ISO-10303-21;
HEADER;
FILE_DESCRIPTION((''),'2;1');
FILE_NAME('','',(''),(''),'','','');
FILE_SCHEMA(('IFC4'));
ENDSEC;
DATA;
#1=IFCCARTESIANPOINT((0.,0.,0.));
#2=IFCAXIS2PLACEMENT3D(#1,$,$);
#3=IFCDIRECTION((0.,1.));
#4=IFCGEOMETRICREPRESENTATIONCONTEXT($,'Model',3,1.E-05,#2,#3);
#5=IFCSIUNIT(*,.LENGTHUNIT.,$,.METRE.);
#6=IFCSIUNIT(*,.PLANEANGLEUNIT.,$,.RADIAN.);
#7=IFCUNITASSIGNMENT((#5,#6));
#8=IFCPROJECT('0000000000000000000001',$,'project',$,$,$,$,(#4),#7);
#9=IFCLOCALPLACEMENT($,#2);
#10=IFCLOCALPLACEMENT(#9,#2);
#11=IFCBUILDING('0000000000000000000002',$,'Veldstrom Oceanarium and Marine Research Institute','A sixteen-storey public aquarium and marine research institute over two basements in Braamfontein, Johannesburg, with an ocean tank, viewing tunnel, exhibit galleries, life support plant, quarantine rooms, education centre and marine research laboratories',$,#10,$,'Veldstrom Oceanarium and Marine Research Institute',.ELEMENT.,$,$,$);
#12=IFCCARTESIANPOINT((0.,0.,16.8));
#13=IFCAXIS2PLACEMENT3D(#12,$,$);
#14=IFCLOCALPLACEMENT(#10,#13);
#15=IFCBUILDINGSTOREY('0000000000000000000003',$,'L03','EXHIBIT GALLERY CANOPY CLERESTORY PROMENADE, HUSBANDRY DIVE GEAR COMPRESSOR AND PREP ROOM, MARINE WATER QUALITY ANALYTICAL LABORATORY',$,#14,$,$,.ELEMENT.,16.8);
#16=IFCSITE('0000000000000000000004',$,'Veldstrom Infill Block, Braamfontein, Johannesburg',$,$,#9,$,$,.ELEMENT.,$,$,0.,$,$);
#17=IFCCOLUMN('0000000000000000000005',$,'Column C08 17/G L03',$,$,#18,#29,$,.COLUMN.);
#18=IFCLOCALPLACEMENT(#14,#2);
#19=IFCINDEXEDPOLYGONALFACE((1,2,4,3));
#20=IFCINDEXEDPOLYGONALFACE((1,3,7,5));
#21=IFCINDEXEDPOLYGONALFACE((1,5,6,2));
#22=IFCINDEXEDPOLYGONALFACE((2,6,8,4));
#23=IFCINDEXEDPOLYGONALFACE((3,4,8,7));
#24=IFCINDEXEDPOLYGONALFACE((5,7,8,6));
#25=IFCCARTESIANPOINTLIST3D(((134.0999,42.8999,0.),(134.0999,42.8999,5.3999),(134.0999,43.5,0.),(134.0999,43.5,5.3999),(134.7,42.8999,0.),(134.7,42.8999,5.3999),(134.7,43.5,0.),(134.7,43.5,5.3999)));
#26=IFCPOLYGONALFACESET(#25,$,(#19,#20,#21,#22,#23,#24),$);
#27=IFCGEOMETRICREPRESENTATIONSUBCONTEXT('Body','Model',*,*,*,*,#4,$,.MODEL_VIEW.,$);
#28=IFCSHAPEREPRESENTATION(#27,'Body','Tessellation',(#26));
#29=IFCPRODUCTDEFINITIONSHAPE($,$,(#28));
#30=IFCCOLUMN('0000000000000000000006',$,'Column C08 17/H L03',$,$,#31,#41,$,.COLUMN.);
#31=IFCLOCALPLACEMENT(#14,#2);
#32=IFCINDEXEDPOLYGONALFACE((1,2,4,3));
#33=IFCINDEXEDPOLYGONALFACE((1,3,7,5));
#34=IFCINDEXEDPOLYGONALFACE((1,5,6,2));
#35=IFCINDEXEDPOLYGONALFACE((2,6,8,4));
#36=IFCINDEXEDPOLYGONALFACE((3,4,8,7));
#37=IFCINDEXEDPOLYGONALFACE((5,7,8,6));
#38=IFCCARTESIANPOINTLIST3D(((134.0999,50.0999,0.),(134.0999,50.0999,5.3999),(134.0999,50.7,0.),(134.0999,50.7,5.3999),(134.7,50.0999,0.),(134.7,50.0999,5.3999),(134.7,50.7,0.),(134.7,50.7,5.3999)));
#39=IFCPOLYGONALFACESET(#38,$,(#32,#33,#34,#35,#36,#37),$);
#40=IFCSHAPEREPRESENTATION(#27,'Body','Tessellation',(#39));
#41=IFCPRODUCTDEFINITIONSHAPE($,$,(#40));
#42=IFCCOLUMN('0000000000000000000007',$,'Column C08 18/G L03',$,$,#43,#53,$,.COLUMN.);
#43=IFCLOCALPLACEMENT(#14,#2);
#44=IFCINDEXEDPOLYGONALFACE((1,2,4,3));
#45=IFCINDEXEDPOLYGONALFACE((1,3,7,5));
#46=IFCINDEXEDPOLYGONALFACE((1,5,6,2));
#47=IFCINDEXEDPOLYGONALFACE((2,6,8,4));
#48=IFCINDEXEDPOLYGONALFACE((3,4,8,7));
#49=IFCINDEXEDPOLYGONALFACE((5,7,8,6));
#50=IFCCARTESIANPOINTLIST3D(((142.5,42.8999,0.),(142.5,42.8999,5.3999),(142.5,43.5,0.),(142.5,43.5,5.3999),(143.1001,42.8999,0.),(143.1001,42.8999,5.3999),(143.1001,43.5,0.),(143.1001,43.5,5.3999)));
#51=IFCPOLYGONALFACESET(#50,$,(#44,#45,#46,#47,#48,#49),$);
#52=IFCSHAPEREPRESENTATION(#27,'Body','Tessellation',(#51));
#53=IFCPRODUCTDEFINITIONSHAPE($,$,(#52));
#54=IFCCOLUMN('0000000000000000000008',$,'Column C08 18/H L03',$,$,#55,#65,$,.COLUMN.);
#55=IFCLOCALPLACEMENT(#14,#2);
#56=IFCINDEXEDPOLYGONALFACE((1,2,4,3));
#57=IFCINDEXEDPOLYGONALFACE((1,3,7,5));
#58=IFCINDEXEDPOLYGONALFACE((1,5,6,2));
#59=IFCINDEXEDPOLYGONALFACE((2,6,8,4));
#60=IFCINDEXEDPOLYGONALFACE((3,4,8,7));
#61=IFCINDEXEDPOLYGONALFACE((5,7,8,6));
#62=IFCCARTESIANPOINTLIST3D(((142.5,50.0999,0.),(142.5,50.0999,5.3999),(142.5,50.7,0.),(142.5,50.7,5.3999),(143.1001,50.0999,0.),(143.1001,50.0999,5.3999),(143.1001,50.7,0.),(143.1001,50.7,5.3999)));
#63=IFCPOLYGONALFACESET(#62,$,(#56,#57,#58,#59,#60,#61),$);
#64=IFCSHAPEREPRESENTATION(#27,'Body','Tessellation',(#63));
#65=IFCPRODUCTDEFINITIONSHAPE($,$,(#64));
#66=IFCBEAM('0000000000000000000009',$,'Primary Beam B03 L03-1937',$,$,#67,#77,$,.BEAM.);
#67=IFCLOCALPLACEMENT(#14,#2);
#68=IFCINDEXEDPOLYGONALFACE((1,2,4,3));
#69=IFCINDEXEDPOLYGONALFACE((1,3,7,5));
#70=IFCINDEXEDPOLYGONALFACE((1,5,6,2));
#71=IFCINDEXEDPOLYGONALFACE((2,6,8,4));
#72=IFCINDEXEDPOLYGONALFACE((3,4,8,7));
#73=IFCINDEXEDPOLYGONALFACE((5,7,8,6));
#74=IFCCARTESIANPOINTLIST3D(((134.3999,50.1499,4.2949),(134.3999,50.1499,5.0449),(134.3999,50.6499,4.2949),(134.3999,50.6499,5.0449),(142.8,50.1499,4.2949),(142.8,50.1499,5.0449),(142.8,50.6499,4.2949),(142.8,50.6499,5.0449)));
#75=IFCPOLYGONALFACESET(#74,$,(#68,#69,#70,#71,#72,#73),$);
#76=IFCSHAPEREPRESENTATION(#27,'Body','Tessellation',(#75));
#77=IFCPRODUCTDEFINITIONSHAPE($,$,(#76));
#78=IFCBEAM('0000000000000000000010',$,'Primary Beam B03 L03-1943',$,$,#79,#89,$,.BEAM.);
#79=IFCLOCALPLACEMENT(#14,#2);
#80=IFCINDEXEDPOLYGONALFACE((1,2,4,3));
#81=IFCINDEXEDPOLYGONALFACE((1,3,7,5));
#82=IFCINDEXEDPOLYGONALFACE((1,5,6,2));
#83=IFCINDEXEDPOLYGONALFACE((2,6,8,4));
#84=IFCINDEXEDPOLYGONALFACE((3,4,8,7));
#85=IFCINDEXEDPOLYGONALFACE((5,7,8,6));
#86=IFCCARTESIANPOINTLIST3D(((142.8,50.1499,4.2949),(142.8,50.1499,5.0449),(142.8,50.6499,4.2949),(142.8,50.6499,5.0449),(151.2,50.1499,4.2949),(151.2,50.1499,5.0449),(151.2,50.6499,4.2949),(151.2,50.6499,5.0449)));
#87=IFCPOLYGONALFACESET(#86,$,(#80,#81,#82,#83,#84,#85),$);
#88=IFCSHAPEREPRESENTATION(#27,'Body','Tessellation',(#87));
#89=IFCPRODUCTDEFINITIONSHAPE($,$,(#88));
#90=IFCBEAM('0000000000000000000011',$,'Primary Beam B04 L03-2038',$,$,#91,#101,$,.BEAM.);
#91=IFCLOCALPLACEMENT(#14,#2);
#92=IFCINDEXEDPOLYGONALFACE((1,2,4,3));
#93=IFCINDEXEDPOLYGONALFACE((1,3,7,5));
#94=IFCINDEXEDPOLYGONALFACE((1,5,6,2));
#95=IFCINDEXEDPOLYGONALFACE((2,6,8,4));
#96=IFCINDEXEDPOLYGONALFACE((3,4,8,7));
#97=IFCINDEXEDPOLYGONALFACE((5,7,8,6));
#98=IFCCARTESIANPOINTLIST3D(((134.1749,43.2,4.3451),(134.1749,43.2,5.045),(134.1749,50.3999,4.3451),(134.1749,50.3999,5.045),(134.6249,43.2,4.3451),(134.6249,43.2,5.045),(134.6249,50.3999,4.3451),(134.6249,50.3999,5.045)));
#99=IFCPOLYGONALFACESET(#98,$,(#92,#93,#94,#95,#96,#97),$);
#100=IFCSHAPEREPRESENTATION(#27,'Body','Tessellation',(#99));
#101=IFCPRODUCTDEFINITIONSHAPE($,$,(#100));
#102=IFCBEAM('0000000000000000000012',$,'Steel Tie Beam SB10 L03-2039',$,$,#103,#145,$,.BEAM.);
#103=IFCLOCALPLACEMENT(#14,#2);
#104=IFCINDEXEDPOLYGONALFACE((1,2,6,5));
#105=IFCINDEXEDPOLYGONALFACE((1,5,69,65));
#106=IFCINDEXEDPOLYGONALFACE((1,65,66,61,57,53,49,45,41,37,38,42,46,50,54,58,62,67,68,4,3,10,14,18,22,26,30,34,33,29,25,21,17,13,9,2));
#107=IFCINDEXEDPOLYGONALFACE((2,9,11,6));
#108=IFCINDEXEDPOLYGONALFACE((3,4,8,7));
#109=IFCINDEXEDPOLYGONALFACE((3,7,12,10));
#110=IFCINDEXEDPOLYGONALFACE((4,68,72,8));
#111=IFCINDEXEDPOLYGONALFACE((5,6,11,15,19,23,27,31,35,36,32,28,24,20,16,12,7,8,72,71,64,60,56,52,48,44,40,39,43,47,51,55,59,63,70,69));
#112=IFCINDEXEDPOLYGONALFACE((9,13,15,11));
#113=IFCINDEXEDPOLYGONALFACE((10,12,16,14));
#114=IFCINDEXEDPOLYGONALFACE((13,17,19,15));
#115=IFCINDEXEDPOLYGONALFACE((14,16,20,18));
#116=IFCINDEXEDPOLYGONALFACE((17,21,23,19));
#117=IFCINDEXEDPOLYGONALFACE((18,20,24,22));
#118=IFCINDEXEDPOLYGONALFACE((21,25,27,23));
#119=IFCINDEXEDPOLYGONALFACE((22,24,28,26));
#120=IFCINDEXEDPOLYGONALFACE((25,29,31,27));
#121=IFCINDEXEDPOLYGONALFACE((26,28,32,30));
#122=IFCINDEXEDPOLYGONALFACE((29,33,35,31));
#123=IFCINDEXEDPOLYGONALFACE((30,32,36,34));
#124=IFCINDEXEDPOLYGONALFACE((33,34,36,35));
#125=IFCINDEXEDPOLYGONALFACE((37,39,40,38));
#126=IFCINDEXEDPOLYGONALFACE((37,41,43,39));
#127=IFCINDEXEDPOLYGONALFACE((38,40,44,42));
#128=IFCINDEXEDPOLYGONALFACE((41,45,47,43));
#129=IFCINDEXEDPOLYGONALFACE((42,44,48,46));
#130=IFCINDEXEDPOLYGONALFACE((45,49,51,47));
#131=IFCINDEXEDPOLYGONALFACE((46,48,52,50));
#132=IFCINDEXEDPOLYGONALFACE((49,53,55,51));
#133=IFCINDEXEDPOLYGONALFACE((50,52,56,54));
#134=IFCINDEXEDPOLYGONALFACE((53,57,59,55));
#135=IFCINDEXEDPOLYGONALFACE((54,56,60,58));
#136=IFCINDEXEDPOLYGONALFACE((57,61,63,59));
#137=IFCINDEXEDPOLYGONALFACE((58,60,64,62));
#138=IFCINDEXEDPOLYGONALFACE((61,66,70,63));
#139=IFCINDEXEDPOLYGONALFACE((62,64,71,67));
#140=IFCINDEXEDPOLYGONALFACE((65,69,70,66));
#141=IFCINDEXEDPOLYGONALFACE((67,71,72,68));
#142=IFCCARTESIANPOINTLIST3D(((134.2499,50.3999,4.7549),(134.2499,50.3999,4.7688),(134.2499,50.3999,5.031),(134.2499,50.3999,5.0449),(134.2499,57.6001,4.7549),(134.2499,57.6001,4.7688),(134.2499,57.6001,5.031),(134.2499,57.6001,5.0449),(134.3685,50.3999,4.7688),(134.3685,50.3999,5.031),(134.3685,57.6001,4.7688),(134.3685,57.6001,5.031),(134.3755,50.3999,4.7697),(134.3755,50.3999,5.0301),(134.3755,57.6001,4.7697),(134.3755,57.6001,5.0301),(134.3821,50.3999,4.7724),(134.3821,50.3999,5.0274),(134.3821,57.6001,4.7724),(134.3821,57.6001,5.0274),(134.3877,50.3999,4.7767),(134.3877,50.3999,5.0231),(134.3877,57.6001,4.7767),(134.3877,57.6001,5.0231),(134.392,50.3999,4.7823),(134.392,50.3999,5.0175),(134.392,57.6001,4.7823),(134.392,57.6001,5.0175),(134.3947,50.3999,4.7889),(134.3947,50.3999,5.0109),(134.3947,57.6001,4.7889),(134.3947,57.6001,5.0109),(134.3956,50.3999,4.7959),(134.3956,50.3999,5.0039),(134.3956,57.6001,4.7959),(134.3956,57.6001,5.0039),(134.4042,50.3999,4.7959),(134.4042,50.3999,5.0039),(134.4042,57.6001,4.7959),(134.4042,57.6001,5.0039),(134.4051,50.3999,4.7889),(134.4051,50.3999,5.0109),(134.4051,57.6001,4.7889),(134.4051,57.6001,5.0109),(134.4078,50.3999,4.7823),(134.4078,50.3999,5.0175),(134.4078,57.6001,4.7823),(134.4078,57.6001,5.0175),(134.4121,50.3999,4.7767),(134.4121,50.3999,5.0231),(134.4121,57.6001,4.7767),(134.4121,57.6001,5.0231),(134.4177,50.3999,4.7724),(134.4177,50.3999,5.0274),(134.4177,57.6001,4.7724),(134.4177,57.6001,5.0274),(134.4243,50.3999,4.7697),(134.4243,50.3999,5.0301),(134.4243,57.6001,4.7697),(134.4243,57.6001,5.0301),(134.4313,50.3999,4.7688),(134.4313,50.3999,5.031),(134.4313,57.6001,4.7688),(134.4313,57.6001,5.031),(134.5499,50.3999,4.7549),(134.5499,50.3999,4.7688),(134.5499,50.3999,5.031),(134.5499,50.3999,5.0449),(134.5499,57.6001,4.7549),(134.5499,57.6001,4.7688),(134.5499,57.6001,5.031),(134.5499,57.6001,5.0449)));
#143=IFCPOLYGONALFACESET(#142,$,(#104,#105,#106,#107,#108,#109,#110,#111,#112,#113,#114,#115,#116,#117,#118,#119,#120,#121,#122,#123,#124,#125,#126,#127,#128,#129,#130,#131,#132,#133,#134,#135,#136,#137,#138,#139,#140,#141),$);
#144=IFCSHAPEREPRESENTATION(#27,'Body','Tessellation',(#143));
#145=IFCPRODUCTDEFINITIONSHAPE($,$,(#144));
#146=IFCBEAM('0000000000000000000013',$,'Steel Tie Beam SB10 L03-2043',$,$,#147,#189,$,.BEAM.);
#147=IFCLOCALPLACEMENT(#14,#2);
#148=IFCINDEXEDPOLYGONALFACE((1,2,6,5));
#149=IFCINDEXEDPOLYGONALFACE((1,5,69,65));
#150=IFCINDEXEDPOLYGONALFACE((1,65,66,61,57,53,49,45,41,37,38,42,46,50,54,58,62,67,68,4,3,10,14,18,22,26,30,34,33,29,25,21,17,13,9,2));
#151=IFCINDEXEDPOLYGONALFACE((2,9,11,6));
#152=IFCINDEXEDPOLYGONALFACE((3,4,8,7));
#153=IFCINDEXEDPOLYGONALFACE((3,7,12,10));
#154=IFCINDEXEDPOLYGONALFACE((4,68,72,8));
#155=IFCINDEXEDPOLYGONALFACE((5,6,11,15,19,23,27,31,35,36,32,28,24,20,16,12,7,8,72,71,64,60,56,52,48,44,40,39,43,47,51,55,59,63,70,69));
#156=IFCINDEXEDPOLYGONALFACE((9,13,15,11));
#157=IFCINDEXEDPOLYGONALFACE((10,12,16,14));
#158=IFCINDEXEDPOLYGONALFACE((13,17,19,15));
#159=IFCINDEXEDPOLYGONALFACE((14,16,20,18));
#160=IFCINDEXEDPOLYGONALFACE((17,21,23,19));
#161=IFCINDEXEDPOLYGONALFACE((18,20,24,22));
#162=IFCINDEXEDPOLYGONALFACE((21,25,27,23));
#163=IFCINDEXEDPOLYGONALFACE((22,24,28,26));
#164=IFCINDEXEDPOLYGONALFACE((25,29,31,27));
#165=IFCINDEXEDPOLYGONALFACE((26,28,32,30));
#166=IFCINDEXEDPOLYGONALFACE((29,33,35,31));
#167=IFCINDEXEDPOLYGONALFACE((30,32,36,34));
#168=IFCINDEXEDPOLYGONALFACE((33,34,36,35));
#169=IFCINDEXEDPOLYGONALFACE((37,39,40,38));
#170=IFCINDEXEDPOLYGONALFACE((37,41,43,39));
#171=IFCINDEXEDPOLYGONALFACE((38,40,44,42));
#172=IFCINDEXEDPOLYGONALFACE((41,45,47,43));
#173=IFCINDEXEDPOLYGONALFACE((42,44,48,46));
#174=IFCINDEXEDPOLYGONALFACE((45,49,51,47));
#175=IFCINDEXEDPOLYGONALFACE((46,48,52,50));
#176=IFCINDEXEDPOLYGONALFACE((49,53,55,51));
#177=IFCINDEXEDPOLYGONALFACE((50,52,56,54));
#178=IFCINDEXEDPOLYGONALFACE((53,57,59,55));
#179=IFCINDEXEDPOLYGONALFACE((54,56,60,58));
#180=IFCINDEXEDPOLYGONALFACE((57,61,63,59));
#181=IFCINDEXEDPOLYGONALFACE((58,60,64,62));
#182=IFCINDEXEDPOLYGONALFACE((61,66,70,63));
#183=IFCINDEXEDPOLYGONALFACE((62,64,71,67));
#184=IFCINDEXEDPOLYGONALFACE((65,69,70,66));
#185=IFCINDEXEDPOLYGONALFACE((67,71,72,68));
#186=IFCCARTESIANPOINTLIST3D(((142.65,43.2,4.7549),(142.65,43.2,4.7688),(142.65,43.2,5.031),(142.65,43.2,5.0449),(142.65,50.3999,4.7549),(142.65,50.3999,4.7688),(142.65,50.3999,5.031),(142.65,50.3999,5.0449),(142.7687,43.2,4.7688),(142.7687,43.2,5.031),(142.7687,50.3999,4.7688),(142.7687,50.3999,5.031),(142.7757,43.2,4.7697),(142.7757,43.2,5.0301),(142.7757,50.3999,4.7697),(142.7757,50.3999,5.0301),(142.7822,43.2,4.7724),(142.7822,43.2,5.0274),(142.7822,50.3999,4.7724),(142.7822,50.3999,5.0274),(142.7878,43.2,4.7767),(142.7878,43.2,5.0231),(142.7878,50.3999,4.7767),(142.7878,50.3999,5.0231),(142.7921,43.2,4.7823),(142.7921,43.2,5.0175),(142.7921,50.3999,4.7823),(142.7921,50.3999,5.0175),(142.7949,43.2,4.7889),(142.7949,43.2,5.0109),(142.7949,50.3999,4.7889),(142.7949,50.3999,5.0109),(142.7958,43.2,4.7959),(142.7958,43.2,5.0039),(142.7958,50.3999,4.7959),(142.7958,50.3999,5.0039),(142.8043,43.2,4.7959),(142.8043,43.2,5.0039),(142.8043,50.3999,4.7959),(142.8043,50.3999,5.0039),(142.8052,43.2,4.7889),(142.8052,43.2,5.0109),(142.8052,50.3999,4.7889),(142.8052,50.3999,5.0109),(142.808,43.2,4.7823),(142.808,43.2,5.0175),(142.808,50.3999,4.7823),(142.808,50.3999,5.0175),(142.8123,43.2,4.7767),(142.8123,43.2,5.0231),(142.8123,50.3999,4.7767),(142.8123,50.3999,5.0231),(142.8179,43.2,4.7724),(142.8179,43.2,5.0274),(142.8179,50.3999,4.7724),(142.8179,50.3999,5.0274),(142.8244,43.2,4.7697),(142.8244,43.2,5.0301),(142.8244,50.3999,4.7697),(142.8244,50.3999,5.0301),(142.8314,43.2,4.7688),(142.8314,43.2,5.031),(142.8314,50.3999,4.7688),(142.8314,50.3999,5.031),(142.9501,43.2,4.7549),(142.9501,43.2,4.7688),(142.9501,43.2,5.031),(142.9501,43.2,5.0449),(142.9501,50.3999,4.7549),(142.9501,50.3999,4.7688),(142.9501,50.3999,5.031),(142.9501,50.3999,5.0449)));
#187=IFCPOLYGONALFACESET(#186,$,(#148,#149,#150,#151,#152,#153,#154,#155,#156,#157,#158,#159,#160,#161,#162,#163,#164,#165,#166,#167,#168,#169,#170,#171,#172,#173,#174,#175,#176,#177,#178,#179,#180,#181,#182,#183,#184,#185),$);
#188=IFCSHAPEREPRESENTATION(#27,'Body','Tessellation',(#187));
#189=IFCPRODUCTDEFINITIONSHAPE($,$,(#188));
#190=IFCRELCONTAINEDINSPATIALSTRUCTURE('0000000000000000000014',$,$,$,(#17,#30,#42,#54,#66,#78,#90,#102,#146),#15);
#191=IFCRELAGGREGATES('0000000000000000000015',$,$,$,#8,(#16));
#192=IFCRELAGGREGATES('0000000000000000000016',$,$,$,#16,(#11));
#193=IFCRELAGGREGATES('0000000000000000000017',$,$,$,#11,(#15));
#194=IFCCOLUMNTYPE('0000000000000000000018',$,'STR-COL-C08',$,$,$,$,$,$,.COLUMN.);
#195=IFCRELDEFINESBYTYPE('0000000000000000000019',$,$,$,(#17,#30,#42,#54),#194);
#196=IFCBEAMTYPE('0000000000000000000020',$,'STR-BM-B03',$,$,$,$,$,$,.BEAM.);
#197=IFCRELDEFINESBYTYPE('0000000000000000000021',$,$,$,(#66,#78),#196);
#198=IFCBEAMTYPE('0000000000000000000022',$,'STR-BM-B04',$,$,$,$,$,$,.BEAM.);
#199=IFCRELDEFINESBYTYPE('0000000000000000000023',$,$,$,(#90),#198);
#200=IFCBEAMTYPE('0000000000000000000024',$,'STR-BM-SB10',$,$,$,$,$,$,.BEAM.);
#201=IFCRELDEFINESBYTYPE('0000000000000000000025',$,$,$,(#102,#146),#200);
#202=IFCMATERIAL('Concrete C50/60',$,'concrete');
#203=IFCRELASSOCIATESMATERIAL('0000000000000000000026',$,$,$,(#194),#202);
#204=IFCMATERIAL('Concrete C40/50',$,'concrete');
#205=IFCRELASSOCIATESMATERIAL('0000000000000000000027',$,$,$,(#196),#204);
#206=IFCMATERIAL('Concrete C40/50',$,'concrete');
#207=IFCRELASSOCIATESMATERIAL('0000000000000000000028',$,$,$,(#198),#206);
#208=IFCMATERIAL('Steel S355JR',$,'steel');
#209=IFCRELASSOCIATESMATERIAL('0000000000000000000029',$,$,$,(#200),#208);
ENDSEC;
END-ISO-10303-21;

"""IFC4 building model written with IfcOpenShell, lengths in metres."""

from ifc_helpers import new_model, si_unit, direction, frame, origin, origin_2d, place, context, subcontext, project, spatial, rectangle, i_section, extrude, material, material_profile, profile_set, type_object, element, save


model = new_model("IFC4")

# Units and contexts
model_context = context("Model", 3, precision=1e-05, world=origin(), true_north=direction((0.0, 1.0)))
body_context = subcontext(model_context, "Body", "Model", "MODEL_VIEW")
ifc_project = project(units=[si_unit("LENGTHUNIT", "METRE"), si_unit("PLANEANGLEUNIT", "RADIAN")], contexts=[model_context])

# Site, building, storey
site_placement = place(None, origin())
site = spatial("IfcSite", under=ifc_project, at=site_placement, Name="Veldstrom Infill Block, Braamfontein, Johannesburg", CompositionType="ELEMENT", RefElevation=0.0)
building_placement = place(site_placement, origin())
building = spatial("IfcBuilding", under=site, at=building_placement, Name="Veldstrom Oceanarium and Marine Research Institute", Description="A sixteen-storey public aquarium and marine research institute over two basements in Braamfontein, Johannesburg, with an ocean tank, viewing tunnel, exhibit galleries, life support plant, quarantine rooms, education centre and marine research laboratories", LongName="Veldstrom Oceanarium and Marine Research Institute", CompositionType="ELEMENT")
storey_placement = place(building_placement, frame((0.0, 0.0, 16.8)))
storey = spatial("IfcBuildingStorey", under=building, at=storey_placement, Name="L03", Description="EXHIBIT GALLERY CANOPY CLERESTORY PROMENADE, HUSBANDRY DIVE GEAR COMPRESSOR AND PREP ROOM, MARINE WATER QUALITY ANALYTICAL LABORATORY", CompositionType="ELEMENT", Elevation=16.8)

# Columns
ifc_material_1 = material(Name="Concrete C50/60", Category="concrete")
ifc_material_profile_1 = material_profile(ifc_material_1, rectangle(XDim=0.6001, YDim=0.6001, at=origin_2d()), Name="RC-COL-600x600")
ifc_profile_set_1 = profile_set([ifc_material_profile_1], Name="Concrete C50/60")
column_type = type_object("IfcColumnType", Name="STR-COL-C08", PredefinedType="COLUMN", material=ifc_profile_set_1)
for number, where, z_axis, x_axis, name in (
    (1, (134.3999, 43.2, 0.0), (0.0, 0.0, 1.0), (1.0, 0.0, 0.0), "Column C08 17/G L03"),
    (2, (134.3999, 50.3999, 0.0), (0.0, 0.0, 1.0), (1.0, 0.0, 0.0), "Column C08 17/H L03"),
    (3, (142.8, 43.2, 0.0), (0.0, 0.0, 1.0), (1.0, 0.0, 0.0), "Column C08 18/G L03"),
    (4, (142.8, 50.3999, 0.0), (0.0, 0.0, 1.0), (1.0, 0.0, 0.0), "Column C08 18/H L03"),
):
    element("IfcColumn", number, at=place(storey_placement, frame(where, z_axis=z_axis, x_axis=x_axis)), inside=storey, type_object=column_type, Name=name, PredefinedType="COLUMN", context=body_context, shape_type="SweptSolid", body=[
        extrude(rectangle(XDim=0.6001, YDim=0.6001, at=origin_2d()), origin(), (0.0, 0.0, 1.0), 5.3999),
    ])

# Beams
ifc_material_2 = material(Name="Concrete C40/50", Category="concrete")
ifc_material_profile_2 = material_profile(ifc_material_2, rectangle(XDim=0.5, YDim=0.75, at=origin_2d()), Name="RC-BM-500x750")
ifc_profile_set_2 = profile_set([ifc_material_profile_2], Name="Concrete C40/50")
beam_type_1 = type_object("IfcBeamType", Name="STR-BM-B03", PredefinedType="BEAM", material=ifc_profile_set_2)
beam_1_placement = place(storey_placement, frame((134.3999, 50.3999, 4.6699), z_axis=(1.0, 0.0, 0.0), x_axis=(0.0, 1.0, 0.0)))
element("IfcBeam", 5, at=beam_1_placement, inside=storey, type_object=beam_type_1, Name="Primary Beam B03 L03-1937", PredefinedType="BEAM", context=body_context, shape_type="SweptSolid", body=[
    extrude(rectangle(XDim=0.5, YDim=0.75, at=origin_2d()), origin(), (0.0, 0.0, 1.0), 8.4001),
])
beam_2_placement = place(storey_placement, frame((142.8, 50.3999, 4.6699), z_axis=(1.0, 0.0, 0.0), x_axis=(0.0, 1.0, 0.0)))
element("IfcBeam", 6, at=beam_2_placement, inside=storey, type_object=beam_type_1, Name="Primary Beam B03 L03-1943", PredefinedType="BEAM", context=body_context, shape_type="SweptSolid", body=[
    extrude(rectangle(XDim=0.5, YDim=0.75, at=origin_2d()), origin(), (0.0, 0.0, 1.0), 8.3999),
])
ifc_material_3 = material(Name="Concrete C40/50", Category="concrete")
ifc_material_profile_3 = material_profile(ifc_material_3, rectangle(XDim=0.45, YDim=0.7, at=origin_2d()), Name="RC-BM-450x700")
ifc_profile_set_3 = profile_set([ifc_material_profile_3], Name="Concrete C40/50")
beam_type_2 = type_object("IfcBeamType", Name="STR-BM-B04", PredefinedType="BEAM", material=ifc_profile_set_3)
beam_3_placement = place(storey_placement, frame((134.3999, 43.2, 4.6951), z_axis=(0.0, 1.0, 0.0), x_axis=(-1.0, 0.0, 0.0)))
element("IfcBeam", 7, at=beam_3_placement, inside=storey, type_object=beam_type_2, Name="Primary Beam B04 L03-2038", PredefinedType="BEAM", context=body_context, shape_type="SweptSolid", body=[
    extrude(rectangle(XDim=0.45, YDim=0.7, at=origin_2d()), origin(), (0.0, 0.0, 1.0), 7.2),
])
ifc_material_4 = material(Name="Steel S355JR", Category="steel")
ifc_material_profile_4 = material_profile(ifc_material_4, i_section(OverallWidth=0.3, OverallDepth=0.29, WebThickness=0.0085, FlangeThickness=0.0139, FilletRadius=0.0271, at=origin_2d()), Name="HEA 300")
ifc_profile_set_4 = profile_set([ifc_material_profile_4], Name="Steel S355JR")
beam_type_3 = type_object("IfcBeamType", Name="STR-BM-SB10", PredefinedType="BEAM", material=ifc_profile_set_4)
beam_4_placement = place(storey_placement, frame((134.3999, 50.3999, 4.8999), z_axis=(0.0, 1.0, 0.0), x_axis=(-1.0, 0.0, 0.0)))
element("IfcBeam", 8, at=beam_4_placement, inside=storey, type_object=beam_type_3, Name="Steel Tie Beam SB10 L03-2039", PredefinedType="BEAM", context=body_context, shape_type="SweptSolid", body=[
    extrude(i_section(OverallWidth=0.3, OverallDepth=0.29, WebThickness=0.0085, FlangeThickness=0.0139, FilletRadius=0.0271, at=origin_2d()), origin(), (0.0, 0.0, 1.0), 7.2002),
])
beam_5_placement = place(storey_placement, frame((142.8, 43.2, 4.8999), z_axis=(0.0, 1.0, 0.0), x_axis=(-1.0, 0.0, 0.0)))
element("IfcBeam", 9, at=beam_5_placement, inside=storey, type_object=beam_type_3, Name="Steel Tie Beam SB10 L03-2043", PredefinedType="BEAM", context=body_context, shape_type="SweptSolid", body=[
    extrude(i_section(OverallWidth=0.3, OverallDepth=0.29, WebThickness=0.0085, FlangeThickness=0.0139, FilletRadius=0.0271, at=origin_2d()), origin(), (0.0, 0.0, 1.0), 7.2),
])

save(model, "model.ifc")
